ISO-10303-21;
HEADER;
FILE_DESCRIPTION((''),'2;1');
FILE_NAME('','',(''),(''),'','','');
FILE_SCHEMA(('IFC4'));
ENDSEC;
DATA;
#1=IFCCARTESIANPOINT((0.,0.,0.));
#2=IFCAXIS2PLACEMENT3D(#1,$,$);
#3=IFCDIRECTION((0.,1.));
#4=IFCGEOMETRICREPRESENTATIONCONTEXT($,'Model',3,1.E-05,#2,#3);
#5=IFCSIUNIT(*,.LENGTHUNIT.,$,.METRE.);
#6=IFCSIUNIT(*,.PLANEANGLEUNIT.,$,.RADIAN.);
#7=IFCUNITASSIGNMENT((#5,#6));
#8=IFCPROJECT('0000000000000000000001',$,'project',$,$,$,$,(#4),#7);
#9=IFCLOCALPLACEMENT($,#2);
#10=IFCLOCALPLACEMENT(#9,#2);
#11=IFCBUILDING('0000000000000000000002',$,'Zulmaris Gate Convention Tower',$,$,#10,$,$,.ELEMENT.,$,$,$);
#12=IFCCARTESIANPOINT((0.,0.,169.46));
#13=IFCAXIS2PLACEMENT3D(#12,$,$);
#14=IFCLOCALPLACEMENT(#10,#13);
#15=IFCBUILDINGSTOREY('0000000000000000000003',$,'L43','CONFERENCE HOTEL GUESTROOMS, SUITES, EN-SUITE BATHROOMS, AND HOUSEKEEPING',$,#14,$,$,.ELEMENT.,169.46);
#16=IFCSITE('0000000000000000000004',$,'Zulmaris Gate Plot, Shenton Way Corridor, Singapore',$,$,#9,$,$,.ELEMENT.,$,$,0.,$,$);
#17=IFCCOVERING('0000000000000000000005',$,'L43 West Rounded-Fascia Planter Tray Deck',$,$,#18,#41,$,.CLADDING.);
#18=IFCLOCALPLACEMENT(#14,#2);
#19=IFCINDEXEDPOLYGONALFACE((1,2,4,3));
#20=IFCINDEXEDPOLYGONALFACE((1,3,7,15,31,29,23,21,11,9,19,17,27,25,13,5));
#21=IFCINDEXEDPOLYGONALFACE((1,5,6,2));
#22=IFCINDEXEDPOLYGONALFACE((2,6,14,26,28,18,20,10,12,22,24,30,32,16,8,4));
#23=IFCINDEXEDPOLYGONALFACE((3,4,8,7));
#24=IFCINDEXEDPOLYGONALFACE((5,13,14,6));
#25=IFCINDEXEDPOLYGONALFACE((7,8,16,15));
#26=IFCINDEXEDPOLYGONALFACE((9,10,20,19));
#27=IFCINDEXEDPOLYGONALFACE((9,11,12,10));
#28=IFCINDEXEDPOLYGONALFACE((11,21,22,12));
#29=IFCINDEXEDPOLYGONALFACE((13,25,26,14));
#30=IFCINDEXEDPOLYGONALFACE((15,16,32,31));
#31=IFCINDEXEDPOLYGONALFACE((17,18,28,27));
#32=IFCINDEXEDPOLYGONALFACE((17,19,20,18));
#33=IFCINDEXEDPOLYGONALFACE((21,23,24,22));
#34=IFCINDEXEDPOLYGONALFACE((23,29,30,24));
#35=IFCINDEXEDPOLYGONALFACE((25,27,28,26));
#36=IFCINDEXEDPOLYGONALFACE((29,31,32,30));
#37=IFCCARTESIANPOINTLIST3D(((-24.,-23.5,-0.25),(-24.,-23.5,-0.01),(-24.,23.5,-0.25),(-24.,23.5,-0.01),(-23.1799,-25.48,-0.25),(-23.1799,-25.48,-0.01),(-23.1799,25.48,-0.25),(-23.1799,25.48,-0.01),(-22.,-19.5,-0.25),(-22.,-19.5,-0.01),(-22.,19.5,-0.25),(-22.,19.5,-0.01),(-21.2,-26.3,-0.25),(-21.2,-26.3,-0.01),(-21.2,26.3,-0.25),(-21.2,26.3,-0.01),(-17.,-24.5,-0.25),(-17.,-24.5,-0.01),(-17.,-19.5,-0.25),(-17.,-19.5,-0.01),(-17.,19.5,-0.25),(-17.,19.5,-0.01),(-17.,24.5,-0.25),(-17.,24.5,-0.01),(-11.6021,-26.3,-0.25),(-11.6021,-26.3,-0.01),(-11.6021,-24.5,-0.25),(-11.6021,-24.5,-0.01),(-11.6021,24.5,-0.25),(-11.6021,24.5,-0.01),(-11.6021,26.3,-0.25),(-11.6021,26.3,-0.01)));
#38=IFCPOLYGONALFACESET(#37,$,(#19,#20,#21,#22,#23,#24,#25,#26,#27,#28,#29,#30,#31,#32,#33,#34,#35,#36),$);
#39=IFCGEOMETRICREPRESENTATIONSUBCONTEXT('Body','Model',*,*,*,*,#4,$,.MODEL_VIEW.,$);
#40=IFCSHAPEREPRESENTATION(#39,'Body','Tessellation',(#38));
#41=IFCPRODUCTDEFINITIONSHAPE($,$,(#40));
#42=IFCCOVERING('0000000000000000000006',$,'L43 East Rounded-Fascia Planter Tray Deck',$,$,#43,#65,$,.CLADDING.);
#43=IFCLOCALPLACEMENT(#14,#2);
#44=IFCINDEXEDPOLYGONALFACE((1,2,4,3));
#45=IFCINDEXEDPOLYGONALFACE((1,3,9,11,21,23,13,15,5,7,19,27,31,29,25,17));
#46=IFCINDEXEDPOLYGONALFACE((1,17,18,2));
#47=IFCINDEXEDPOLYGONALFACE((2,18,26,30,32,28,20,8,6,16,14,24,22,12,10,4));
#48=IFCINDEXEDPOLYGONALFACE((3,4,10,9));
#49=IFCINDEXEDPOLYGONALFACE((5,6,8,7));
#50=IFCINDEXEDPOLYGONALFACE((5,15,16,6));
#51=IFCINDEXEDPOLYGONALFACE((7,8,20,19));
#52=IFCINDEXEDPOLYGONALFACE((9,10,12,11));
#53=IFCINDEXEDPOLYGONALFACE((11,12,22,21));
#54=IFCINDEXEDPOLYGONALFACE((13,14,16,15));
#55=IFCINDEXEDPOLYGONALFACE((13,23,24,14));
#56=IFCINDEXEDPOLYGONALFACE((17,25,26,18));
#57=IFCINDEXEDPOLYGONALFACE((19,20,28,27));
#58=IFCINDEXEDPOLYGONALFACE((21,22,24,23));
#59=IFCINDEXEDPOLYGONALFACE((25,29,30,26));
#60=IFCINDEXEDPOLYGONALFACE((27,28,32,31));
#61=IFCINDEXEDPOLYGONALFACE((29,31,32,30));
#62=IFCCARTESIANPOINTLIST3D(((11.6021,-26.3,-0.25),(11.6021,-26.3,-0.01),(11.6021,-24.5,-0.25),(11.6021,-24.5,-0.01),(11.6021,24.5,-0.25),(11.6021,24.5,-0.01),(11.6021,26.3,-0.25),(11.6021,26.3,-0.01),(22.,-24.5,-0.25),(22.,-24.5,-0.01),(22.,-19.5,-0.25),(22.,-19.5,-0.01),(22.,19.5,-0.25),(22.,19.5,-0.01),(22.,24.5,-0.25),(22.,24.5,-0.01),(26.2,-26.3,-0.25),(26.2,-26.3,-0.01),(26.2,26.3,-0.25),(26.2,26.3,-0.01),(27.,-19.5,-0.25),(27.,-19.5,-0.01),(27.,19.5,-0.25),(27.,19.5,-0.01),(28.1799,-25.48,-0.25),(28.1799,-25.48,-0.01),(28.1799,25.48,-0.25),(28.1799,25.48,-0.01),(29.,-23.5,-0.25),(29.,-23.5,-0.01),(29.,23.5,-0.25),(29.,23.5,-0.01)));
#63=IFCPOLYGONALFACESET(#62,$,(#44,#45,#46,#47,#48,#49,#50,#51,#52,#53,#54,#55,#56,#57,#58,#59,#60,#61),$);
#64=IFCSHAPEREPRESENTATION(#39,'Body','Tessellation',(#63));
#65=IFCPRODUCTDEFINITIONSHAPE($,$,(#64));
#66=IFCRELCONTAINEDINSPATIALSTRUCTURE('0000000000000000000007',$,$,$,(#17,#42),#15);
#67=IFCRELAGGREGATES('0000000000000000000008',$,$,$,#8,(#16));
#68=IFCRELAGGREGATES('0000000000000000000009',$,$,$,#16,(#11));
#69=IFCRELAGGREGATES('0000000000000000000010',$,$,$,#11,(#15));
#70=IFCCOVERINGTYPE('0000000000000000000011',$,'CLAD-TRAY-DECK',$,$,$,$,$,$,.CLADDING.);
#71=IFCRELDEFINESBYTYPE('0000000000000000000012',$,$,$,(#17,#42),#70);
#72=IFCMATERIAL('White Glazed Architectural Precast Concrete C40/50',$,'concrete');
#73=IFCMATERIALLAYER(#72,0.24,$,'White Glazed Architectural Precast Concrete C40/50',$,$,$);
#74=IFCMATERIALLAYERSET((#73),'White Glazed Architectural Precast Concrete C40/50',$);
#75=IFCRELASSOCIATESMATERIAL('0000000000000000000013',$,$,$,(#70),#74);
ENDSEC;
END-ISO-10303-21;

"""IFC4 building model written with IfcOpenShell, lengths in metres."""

from ifc_helpers import new_model, si_unit, direction, frame, origin, place, context, subcontext, project, spatial, polyline, outline, extrude, material, layer, layer_set, type_object, element, save


model = new_model("IFC4")

# Units and contexts
model_context = context("Model", 3, precision=1e-05, world=origin(), true_north=direction((0.0, 1.0)))
body_context = subcontext(model_context, "Body", "Model", "MODEL_VIEW")
ifc_project = project(units=[si_unit("LENGTHUNIT", "METRE"), si_unit("PLANEANGLEUNIT", "RADIAN")], contexts=[model_context])

# Site, building, storey
site_placement = place(None, origin())
site = spatial("IfcSite", under=ifc_project, at=site_placement, Name="Zulmaris Gate Plot, Shenton Way Corridor, Singapore", CompositionType="ELEMENT", RefElevation=0.0)
building_placement = place(site_placement, origin())
building = spatial("IfcBuilding", under=site, at=building_placement, Name="Zulmaris Gate Convention Tower", CompositionType="ELEMENT")
storey_placement = place(building_placement, frame((0.0, 0.0, 169.46)))
storey = spatial("IfcBuildingStorey", under=building, at=storey_placement, Name="L43", Description="CONFERENCE HOTEL GUESTROOMS, SUITES, EN-SUITE BATHROOMS, AND HOUSEKEEPING", CompositionType="ELEMENT", Elevation=169.46)

# Coverings
ifc_material_1 = material(Name="White Glazed Architectural Precast Concrete C40/50", Category="concrete")
ifc_layer_1 = layer(ifc_material_1, 0.24, Name="White Glazed Architectural Precast Concrete C40/50")
ifc_layer_set_1 = layer_set([ifc_layer_1], Name="White Glazed Architectural Precast Concrete C40/50")
covering_type = type_object("IfcCoveringType", Name="CLAD-TRAY-DECK", PredefinedType="CLADDING", material=ifc_layer_set_1)
covering_1_placement = place(storey_placement, frame((0.0, 0.0, -0.25)))
element("IfcCovering", 1, at=covering_1_placement, inside=storey, type_object=covering_type, Name="L43 West Rounded-Fascia Planter Tray Deck", PredefinedType="CLADDING", context=body_context, shape_type="SweptSolid", body=[
    extrude(outline(polyline([(-24.0, 23.5), (-23.1799, 25.48), (-21.2, 26.3), (-11.6021, 26.3), (-11.6021, 24.5), (-17.0, 24.5), (-17.0, 19.5), (-22.0, 19.5), (-22.0, -19.5), (-17.0, -19.5), (-17.0, -24.5), (-11.6021, -24.5), (-11.6021, -26.3), (-21.2, -26.3), (-23.1799, -25.48), (-24.0, -23.5), (-24.0, 23.5)])), origin(), (0.0, 0.0, 1.0), 0.24),
])
covering_2_placement = place(storey_placement, frame((0.0, 0.0, -0.25)))
element("IfcCovering", 2, at=covering_2_placement, inside=storey, type_object=covering_type, Name="L43 East Rounded-Fascia Planter Tray Deck", PredefinedType="CLADDING", context=body_context, shape_type="SweptSolid", body=[
    extrude(outline(polyline([(26.2, 26.3), (28.1799, 25.48), (29.0, 23.5), (29.0, -23.5), (28.1799, -25.48), (26.2, -26.3), (11.6021, -26.3), (11.6021, -24.5), (22.0, -24.5), (22.0, -19.5), (27.0, -19.5), (27.0, 19.5), (22.0, 19.5), (22.0, 24.5), (11.6021, 24.5), (11.6021, 26.3), (26.2, 26.3)])), origin(), (0.0, 0.0, 1.0), 0.24),
])

save(model, "model.ifc")
